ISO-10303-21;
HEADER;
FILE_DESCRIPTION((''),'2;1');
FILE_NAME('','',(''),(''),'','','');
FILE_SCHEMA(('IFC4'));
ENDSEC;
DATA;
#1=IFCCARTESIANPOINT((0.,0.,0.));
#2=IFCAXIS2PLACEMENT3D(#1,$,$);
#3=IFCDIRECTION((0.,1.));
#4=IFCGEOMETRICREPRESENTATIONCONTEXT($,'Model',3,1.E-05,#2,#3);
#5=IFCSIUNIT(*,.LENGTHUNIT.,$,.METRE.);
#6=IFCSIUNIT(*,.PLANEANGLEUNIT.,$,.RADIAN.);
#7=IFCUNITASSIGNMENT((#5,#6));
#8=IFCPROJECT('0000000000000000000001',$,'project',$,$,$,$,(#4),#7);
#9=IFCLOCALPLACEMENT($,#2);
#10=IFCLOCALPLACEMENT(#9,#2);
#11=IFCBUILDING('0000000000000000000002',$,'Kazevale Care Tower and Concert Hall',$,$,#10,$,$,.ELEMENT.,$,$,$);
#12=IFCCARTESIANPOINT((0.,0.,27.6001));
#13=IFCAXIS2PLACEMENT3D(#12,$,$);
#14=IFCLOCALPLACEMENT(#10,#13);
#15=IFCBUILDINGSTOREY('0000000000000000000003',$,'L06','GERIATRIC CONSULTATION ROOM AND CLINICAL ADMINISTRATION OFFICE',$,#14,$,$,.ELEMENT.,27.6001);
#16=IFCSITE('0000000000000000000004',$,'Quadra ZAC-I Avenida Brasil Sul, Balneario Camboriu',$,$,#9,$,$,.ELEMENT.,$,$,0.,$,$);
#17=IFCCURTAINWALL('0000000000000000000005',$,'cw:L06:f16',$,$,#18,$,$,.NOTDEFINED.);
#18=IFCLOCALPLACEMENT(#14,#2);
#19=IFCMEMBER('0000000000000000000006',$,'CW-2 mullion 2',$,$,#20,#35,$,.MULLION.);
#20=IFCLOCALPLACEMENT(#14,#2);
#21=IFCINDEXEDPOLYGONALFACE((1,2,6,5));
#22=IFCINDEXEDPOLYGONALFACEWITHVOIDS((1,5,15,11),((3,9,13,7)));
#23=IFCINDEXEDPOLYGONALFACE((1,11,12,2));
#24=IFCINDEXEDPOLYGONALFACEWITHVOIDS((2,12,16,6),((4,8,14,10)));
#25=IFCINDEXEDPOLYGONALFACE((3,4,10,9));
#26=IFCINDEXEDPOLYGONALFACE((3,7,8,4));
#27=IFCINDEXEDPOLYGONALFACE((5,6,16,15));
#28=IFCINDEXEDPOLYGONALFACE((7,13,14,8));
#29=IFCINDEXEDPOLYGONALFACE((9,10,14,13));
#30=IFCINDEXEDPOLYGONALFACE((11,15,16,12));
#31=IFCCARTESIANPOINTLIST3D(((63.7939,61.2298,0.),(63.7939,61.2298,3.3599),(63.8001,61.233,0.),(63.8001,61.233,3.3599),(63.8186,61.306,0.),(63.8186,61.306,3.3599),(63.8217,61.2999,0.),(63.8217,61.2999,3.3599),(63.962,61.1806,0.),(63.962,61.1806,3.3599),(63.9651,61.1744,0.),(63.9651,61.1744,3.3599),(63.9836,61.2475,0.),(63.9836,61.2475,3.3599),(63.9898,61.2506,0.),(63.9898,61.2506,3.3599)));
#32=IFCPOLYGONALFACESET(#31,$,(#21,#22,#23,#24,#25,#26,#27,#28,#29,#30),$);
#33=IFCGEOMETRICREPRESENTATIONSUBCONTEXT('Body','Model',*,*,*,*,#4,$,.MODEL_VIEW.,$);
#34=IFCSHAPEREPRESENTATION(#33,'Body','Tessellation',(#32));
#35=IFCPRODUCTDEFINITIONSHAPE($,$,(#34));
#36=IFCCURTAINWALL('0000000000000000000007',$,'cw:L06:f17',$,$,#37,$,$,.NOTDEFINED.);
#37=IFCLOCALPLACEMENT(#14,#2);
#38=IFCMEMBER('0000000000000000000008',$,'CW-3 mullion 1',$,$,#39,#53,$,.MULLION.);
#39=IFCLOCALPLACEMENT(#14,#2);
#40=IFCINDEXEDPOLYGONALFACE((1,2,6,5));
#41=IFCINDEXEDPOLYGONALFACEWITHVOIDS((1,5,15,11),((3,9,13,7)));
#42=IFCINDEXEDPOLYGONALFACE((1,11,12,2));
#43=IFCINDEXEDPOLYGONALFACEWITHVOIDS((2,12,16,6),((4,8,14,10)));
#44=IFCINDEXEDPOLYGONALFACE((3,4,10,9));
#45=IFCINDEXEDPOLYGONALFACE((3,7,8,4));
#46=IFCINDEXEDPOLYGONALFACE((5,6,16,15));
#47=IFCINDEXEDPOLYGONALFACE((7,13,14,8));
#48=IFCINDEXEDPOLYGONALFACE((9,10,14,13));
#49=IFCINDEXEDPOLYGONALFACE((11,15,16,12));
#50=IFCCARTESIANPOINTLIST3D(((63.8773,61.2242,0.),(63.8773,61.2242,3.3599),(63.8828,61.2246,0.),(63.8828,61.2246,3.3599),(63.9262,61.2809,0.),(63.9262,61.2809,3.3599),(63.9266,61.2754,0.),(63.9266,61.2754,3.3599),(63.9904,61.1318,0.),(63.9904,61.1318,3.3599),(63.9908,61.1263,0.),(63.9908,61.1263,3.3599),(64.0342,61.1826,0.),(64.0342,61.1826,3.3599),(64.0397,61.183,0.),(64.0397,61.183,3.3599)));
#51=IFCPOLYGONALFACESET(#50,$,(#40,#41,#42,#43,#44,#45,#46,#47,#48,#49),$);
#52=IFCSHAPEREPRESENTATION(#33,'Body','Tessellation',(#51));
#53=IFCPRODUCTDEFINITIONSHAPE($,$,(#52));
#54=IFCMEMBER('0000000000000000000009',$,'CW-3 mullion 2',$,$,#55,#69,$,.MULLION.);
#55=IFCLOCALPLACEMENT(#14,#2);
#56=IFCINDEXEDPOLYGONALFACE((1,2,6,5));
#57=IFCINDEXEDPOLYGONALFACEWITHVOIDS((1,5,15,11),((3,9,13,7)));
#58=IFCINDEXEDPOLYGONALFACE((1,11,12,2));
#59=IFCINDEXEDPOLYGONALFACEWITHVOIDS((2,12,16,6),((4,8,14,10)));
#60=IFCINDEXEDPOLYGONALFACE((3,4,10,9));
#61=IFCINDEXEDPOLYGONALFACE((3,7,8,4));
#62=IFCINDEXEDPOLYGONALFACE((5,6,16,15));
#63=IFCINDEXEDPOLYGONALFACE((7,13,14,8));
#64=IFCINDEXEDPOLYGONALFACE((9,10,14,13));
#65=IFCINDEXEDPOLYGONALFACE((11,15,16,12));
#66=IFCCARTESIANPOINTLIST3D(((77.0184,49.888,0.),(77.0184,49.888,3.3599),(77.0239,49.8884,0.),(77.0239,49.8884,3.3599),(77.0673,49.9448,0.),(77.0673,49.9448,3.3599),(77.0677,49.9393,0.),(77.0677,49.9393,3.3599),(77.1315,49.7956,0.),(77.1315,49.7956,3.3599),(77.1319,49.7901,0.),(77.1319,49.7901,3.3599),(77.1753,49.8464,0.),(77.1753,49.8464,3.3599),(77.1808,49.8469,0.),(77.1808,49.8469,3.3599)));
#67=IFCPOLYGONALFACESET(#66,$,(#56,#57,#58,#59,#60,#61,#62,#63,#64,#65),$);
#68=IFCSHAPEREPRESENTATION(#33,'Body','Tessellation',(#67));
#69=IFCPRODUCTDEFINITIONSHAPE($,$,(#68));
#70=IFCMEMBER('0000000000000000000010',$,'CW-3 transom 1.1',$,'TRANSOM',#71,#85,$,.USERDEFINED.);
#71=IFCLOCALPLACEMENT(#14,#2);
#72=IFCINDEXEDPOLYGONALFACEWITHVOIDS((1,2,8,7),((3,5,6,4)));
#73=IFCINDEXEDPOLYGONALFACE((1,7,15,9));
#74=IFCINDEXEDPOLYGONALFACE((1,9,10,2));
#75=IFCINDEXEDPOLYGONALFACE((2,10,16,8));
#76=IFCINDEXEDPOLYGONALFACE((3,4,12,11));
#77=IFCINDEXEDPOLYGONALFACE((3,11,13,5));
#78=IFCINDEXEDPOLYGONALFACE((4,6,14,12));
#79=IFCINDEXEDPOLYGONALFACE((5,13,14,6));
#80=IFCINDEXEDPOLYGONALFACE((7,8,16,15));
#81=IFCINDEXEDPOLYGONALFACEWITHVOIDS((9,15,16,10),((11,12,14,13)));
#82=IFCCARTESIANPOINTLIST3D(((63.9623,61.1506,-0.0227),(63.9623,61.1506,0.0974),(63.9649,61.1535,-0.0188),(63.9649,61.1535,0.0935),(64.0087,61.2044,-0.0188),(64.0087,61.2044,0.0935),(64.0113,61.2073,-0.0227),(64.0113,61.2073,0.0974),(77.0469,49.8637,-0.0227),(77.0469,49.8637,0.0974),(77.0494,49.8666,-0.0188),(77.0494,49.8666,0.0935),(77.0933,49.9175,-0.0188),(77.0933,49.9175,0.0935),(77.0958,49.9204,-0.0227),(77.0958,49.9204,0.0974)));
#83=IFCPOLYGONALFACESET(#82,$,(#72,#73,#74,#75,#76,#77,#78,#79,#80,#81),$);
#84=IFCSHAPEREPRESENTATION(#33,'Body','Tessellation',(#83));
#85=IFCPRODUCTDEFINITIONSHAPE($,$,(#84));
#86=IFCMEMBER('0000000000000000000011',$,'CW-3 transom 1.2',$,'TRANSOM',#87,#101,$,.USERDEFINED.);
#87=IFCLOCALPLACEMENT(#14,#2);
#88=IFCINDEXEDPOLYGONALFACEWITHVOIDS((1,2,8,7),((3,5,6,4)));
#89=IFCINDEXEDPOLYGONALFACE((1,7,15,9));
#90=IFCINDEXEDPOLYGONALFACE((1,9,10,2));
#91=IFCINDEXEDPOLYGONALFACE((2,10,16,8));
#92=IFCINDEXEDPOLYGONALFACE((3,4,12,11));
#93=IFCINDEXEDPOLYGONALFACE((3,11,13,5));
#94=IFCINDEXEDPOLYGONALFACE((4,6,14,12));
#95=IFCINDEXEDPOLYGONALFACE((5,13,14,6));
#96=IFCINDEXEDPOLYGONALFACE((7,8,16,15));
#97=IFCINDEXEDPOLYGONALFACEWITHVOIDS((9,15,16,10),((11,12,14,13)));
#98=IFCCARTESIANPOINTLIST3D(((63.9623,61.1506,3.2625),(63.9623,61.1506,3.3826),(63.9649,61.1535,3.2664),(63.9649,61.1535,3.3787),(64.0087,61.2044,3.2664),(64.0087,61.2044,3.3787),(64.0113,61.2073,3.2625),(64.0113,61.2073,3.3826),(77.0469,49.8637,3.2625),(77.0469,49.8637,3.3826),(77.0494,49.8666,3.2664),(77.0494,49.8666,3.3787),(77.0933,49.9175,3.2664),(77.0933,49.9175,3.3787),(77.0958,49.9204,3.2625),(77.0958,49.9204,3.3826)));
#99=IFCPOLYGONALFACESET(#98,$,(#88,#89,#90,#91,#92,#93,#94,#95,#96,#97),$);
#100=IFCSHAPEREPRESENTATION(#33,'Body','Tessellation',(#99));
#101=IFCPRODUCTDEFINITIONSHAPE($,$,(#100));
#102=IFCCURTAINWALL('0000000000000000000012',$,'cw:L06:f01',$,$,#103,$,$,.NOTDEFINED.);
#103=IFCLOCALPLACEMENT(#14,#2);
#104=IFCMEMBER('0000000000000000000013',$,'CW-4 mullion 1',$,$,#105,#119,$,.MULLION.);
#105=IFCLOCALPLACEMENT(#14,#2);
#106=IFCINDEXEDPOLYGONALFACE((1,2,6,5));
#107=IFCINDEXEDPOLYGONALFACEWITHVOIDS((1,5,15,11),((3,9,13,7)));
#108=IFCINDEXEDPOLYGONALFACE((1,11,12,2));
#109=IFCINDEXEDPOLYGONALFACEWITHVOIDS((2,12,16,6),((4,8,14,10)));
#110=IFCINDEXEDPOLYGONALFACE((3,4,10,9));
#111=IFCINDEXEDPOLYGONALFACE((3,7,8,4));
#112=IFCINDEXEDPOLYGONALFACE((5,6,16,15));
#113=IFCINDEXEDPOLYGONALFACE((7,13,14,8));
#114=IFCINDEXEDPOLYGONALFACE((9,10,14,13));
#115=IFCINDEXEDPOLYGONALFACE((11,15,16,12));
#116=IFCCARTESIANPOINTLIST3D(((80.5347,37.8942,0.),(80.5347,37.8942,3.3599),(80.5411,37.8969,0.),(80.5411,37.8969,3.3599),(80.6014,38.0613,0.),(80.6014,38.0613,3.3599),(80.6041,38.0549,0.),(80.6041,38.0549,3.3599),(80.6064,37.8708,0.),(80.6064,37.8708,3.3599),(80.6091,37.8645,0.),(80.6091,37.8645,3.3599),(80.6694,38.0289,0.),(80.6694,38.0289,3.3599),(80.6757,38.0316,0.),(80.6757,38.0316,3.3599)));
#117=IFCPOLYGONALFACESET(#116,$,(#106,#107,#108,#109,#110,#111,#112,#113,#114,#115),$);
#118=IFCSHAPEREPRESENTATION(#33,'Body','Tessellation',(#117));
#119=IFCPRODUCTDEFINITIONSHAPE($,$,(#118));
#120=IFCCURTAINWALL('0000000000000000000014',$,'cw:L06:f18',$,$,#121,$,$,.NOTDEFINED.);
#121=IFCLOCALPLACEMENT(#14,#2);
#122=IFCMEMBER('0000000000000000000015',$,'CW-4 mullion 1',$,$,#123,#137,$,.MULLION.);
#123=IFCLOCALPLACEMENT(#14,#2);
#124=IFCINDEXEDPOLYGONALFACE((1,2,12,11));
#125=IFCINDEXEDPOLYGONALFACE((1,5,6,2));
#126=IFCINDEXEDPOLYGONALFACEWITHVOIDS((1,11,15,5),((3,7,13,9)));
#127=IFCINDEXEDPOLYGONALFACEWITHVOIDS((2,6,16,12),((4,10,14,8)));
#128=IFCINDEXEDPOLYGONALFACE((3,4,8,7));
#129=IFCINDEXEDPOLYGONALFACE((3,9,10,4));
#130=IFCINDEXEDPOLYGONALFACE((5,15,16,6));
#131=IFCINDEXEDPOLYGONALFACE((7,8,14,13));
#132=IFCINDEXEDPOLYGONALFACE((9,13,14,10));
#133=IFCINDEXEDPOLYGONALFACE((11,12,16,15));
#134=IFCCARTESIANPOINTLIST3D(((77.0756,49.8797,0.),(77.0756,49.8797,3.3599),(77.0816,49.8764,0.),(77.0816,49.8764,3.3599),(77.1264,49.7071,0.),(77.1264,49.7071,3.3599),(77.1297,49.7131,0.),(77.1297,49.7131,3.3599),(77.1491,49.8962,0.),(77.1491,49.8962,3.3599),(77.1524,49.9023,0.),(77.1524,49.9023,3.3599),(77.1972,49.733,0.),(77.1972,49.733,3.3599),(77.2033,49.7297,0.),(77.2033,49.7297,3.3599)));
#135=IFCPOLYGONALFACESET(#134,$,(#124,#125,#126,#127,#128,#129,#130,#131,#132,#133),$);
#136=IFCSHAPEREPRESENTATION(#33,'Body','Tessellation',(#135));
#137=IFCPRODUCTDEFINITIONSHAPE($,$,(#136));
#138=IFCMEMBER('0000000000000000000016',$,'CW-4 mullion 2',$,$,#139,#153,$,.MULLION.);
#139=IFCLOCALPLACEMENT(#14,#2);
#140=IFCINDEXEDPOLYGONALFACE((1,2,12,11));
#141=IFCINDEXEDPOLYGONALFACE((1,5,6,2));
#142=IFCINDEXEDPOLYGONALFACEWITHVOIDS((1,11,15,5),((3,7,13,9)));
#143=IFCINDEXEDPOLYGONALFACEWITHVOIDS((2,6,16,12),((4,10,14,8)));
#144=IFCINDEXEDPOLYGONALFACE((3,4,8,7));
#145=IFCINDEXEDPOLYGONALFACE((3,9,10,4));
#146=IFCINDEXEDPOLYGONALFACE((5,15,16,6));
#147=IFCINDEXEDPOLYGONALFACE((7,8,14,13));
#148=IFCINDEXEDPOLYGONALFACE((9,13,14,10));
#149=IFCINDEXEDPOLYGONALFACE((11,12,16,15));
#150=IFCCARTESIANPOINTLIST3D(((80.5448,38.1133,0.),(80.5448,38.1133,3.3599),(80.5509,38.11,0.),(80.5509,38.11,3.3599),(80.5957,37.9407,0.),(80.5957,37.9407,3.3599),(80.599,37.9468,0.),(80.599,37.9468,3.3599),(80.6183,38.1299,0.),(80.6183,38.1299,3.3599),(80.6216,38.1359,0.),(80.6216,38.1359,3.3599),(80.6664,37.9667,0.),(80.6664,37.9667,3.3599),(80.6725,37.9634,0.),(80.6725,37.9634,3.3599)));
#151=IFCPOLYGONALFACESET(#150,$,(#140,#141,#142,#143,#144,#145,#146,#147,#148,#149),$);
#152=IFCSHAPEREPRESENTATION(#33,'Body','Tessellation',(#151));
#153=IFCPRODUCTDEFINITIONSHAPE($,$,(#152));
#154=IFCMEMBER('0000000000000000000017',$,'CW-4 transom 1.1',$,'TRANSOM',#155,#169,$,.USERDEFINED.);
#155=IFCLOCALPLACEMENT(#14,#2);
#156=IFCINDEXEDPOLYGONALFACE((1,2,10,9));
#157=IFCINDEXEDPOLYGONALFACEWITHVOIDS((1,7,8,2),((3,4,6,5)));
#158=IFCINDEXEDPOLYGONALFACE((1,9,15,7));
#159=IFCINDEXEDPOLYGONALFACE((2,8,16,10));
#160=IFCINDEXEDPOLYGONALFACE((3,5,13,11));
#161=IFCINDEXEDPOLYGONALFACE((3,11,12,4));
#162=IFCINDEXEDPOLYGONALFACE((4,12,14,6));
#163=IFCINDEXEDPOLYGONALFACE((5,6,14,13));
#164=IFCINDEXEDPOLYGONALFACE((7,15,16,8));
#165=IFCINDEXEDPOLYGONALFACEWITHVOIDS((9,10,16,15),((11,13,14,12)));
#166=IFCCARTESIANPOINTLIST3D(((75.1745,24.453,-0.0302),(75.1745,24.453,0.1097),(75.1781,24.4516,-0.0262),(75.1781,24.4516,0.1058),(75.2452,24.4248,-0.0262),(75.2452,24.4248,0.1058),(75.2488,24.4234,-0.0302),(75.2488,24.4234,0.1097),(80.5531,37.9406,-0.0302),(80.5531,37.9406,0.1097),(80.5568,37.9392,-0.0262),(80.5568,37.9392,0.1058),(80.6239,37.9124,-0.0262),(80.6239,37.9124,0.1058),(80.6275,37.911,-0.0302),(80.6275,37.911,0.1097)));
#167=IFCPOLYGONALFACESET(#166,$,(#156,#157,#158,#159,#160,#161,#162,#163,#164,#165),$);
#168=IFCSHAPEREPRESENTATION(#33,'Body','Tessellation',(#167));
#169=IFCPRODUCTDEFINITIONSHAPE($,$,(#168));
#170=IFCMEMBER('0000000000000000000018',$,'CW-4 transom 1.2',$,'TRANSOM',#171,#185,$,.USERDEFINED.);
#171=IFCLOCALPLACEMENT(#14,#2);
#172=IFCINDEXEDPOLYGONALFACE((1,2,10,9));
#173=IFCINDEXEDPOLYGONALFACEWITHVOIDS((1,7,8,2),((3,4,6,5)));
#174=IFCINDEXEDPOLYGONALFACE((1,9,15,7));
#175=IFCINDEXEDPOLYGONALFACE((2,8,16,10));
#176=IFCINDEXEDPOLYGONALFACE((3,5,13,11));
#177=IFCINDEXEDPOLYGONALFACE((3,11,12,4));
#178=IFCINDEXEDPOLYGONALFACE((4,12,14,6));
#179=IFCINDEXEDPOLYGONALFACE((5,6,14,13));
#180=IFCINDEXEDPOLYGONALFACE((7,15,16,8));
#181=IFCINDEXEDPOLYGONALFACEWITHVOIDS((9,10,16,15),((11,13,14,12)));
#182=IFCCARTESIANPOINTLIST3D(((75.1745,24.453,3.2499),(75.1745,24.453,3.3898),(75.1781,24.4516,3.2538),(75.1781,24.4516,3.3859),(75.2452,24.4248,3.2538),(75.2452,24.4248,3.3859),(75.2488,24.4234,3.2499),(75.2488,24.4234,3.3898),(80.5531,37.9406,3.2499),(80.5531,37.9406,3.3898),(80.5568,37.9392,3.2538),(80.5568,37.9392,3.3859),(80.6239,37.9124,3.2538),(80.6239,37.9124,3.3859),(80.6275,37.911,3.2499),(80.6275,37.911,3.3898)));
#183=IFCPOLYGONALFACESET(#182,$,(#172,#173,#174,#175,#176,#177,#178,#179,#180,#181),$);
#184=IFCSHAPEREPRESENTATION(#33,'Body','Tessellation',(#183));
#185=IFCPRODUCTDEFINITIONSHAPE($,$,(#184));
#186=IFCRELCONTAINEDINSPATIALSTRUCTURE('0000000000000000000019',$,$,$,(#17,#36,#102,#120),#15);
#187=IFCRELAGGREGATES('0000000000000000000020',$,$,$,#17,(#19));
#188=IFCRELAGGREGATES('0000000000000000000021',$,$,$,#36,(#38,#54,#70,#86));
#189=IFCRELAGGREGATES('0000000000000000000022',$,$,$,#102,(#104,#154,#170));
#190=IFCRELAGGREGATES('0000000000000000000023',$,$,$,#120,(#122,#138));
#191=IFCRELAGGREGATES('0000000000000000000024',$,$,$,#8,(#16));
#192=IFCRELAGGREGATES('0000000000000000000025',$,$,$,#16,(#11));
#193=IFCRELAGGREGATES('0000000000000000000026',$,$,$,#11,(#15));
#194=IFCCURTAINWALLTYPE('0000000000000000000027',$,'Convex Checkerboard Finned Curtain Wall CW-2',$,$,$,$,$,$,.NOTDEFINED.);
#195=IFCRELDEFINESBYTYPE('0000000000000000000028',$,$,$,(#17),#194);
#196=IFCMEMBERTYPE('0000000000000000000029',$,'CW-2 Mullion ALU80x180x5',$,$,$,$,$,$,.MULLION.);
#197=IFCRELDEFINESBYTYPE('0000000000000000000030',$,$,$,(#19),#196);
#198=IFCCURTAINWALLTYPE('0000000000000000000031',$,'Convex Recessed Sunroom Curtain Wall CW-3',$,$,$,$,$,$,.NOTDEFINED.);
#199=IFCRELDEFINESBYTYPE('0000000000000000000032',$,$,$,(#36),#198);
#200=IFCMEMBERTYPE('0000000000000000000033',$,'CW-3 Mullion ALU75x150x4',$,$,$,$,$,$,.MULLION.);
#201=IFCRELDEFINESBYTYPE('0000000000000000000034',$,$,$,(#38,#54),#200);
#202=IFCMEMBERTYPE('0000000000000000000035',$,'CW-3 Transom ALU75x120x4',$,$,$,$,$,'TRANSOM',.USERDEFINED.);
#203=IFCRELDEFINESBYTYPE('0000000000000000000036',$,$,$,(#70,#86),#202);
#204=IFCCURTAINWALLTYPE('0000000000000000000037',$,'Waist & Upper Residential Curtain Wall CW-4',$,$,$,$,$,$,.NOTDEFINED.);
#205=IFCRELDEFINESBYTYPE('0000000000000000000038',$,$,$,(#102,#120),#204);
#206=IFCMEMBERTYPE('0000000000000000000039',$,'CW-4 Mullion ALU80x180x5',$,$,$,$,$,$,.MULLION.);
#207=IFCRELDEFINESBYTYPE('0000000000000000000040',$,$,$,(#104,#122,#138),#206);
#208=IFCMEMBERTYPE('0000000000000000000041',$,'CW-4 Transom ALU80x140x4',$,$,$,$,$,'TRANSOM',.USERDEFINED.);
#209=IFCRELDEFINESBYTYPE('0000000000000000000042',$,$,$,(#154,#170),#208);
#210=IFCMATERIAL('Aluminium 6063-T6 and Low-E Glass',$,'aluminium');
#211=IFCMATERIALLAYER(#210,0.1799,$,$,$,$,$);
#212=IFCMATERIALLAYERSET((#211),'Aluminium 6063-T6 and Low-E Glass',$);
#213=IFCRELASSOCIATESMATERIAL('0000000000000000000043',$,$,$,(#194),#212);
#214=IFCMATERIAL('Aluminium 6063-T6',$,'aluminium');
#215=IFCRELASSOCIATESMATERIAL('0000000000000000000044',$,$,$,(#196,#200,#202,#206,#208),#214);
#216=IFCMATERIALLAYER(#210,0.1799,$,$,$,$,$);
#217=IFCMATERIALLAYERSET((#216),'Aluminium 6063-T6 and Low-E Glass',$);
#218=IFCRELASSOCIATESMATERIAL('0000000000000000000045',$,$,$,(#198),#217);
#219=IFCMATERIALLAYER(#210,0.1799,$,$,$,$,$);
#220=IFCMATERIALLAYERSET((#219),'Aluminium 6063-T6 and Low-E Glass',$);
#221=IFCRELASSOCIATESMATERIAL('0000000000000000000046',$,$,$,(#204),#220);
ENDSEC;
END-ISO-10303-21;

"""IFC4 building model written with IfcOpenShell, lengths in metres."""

from ifc_helpers import new_model, si_unit, direction, frame, origin, origin_2d, place, context, subcontext, project, spatial, hollow_rectangle, extrude, material, layer, layer_set, material_profile, profile_set, type_object, element, aggregate, save


model = new_model("IFC4")

# Units and contexts
model_context = context("Model", 3, precision=1e-05, world=origin(), true_north=direction((0.0, 1.0)))
body_context = subcontext(model_context, "Body", "Model", "MODEL_VIEW")
ifc_project = project(units=[si_unit("LENGTHUNIT", "METRE"), si_unit("PLANEANGLEUNIT", "RADIAN")], contexts=[model_context])

# Site, building, storey
site_placement = place(None, origin())
site = spatial("IfcSite", under=ifc_project, at=site_placement, Name="Quadra ZAC-I Avenida Brasil Sul, Balneario Camboriu", CompositionType="ELEMENT", RefElevation=0.0)
building_placement = place(site_placement, origin())
building = spatial("IfcBuilding", under=site, at=building_placement, Name="Kazevale Care Tower and Concert Hall", CompositionType="ELEMENT")
storey_placement = place(building_placement, frame((0.0, 0.0, 27.6001)))
storey = spatial("IfcBuildingStorey", under=building, at=storey_placement, Name="L06", Description="GERIATRIC CONSULTATION ROOM AND CLINICAL ADMINISTRATION OFFICE", CompositionType="ELEMENT", Elevation=27.6001)

# Curtain wall, member
ifc_material_1 = material(Name="Aluminium 6063-T6 and Low-E Glass", Category="aluminium")
ifc_layer_1 = layer(ifc_material_1, 0.1799)
ifc_layer_set_1 = layer_set([ifc_layer_1], Name="Aluminium 6063-T6 and Low-E Glass")
curtain_wall_type_1 = type_object("IfcCurtainWallType", Name="Convex Checkerboard Finned Curtain Wall CW-2", PredefinedType="NOTDEFINED", material=ifc_layer_set_1)
curtain_wall_1_placement = place(storey_placement, origin())
curtain_wall_1 = element("IfcCurtainWall", 1, at=curtain_wall_1_placement, inside=storey, type_object=curtain_wall_type_1, Name="cw:L06:f16", PredefinedType="NOTDEFINED")
ifc_material_2 = material(Name="Aluminium 6063-T6", Category="aluminium")
ifc_material_profile_1 = material_profile(ifc_material_2, hollow_rectangle(XDim=0.0801, YDim=0.1799, WallThickness=0.0049, at=origin_2d()), Name="ALU80x180x5")
ifc_profile_set_1 = profile_set([ifc_material_profile_1], Name="Aluminium 6063-T6")
member_type_1 = type_object("IfcMemberType", Name="CW-2 Mullion ALU80x180x5", PredefinedType="MULLION", material=ifc_profile_set_1)
member_1_placement = place(storey_placement, frame((63.8918, 61.2402, 0.0), z_axis=(0.0, 0.0, 1.0), x_axis=(0.307926, 0.95141, 0.0)))
member_1 = element("IfcMember", 2, at=member_1_placement, type_object=member_type_1, Name="CW-2 mullion 2", PredefinedType="MULLION", context=body_context, shape_type="SweptSolid", body=[
    extrude(hollow_rectangle(XDim=0.0801, YDim=0.1799, WallThickness=0.0049, at=origin_2d()), origin(), (0.0, 0.0, 1.0), 3.3599),
])

# Curtain wall, members
ifc_layer_2 = layer(ifc_material_1, 0.1799)
ifc_layer_set_2 = layer_set([ifc_layer_2], Name="Aluminium 6063-T6 and Low-E Glass")
curtain_wall_type_2 = type_object("IfcCurtainWallType", Name="Convex Recessed Sunroom Curtain Wall CW-3", PredefinedType="NOTDEFINED", material=ifc_layer_set_2)
curtain_wall_2_placement = place(storey_placement, origin())
curtain_wall_2 = element("IfcCurtainWall", 3, at=curtain_wall_2_placement, inside=storey, type_object=curtain_wall_type_2, Name="cw:L06:f17", PredefinedType="NOTDEFINED")
ifc_material_profile_2 = material_profile(ifc_material_2, hollow_rectangle(XDim=0.075, YDim=0.1499, WallThickness=0.0039, at=origin_2d()), Name="ALU75x150x4")
ifc_profile_set_2 = profile_set([ifc_material_profile_2], Name="Aluminium 6063-T6")
member_type_2 = type_object("IfcMemberType", Name="CW-3 Mullion ALU75x150x4", PredefinedType="MULLION", material=ifc_profile_set_2)
member_2_placement = place(storey_placement, frame((63.9585, 61.2036, 0.0), z_axis=(0.0, 0.0, 1.0), x_axis=(0.653184, 0.7572, 0.0)))
member_2 = element("IfcMember", 4, at=member_2_placement, type_object=member_type_2, Name="CW-3 mullion 1", PredefinedType="MULLION", context=body_context, shape_type="SweptSolid", body=[
    extrude(hollow_rectangle(XDim=0.075, YDim=0.1499, WallThickness=0.0039, at=origin_2d()), origin(), (0.0, 0.0, 1.0), 3.3599),
])
member_3_placement = place(storey_placement, frame((77.0996, 49.8674, 0.0), z_axis=(0.0, 0.0, 1.0), x_axis=(0.653184, 0.7572, 0.0)))
member_3 = element("IfcMember", 5, at=member_3_placement, type_object=member_type_2, Name="CW-3 mullion 2", PredefinedType="MULLION", context=body_context, shape_type="SweptSolid", body=[
    extrude(hollow_rectangle(XDim=0.075, YDim=0.1499, WallThickness=0.0039, at=origin_2d()), origin(), (0.0, 0.0, 1.0), 3.3599),
])
ifc_material_profile_3 = material_profile(ifc_material_2, hollow_rectangle(XDim=0.075, YDim=0.1201, WallThickness=0.0039, at=origin_2d()), Name="ALU75x120x4")
ifc_profile_set_3 = profile_set([ifc_material_profile_3], Name="Aluminium 6063-T6")
member_type_3 = type_object("IfcMemberType", Name="CW-3 Transom ALU75x120x4", ElementType="TRANSOM", PredefinedType="USERDEFINED", material=ifc_profile_set_3)
member_4_placement = place(storey_placement, frame((63.9868, 61.179, 0.0374), z_axis=(0.757205, -0.653177, 0.0), x_axis=(0.653177, 0.757205, 0.0)))
member_4 = element("IfcMember", 6, at=member_4_placement, type_object=member_type_3, Name="CW-3 transom 1.1", ObjectType="TRANSOM", PredefinedType="USERDEFINED", context=body_context, shape_type="SweptSolid", body=[
    extrude(hollow_rectangle(XDim=0.075, YDim=0.1201, WallThickness=0.0039, at=origin_2d()), origin(), (0.0, 0.0, 1.0), 17.28),
])
member_5_placement = place(storey_placement, frame((63.9868, 61.179, 3.3225), z_axis=(0.757205, -0.653177, 0.0), x_axis=(0.653177, 0.757205, 0.0)))
member_5 = element("IfcMember", 7, at=member_5_placement, type_object=member_type_3, Name="CW-3 transom 1.2", ObjectType="TRANSOM", PredefinedType="USERDEFINED", context=body_context, shape_type="SweptSolid", body=[
    extrude(hollow_rectangle(XDim=0.075, YDim=0.1201, WallThickness=0.0039, at=origin_2d()), origin(), (0.0, 0.0, 1.0), 17.28),
])

# Curtain wall, member
ifc_layer_3 = layer(ifc_material_1, 0.1799)
ifc_layer_set_3 = layer_set([ifc_layer_3], Name="Aluminium 6063-T6 and Low-E Glass")
curtain_wall_type_3 = type_object("IfcCurtainWallType", Name="Waist & Upper Residential Curtain Wall CW-4", PredefinedType="NOTDEFINED", material=ifc_layer_set_3)
curtain_wall_3_placement = place(storey_placement, origin())
curtain_wall_3 = element("IfcCurtainWall", 8, at=curtain_wall_3_placement, inside=storey, type_object=curtain_wall_type_3, Name="cw:L06:f01", PredefinedType="NOTDEFINED")
ifc_material_profile_4 = material_profile(ifc_material_2, hollow_rectangle(XDim=0.0801, YDim=0.1799, WallThickness=0.0049, at=origin_2d()), Name="ALU80x180x5")
ifc_profile_set_4 = profile_set([ifc_material_profile_4], Name="Aluminium 6063-T6")
member_type_4 = type_object("IfcMemberType", Name="CW-4 Mullion ALU80x180x5", PredefinedType="MULLION", material=ifc_profile_set_4)
member_6_placement = place(storey_placement, frame((80.6052, 37.9629, 0.0), z_axis=(0.0, 0.0, 1.0), x_axis=(0.928861, -0.370427, 0.0)))
member_6 = element("IfcMember", 9, at=member_6_placement, type_object=member_type_4, Name="CW-4 mullion 1", PredefinedType="MULLION", context=body_context, shape_type="SweptSolid", body=[
    extrude(hollow_rectangle(XDim=0.0801, YDim=0.1799, WallThickness=0.0049, at=origin_2d()), origin(), (0.0, 0.0, 1.0), 3.3599),
])

# Curtain wall, members
curtain_wall_4_placement = place(storey_placement, origin())
curtain_wall_4 = element("IfcCurtainWall", 10, at=curtain_wall_4_placement, inside=storey, type_object=curtain_wall_type_3, Name="cw:L06:f18", PredefinedType="NOTDEFINED")
member_7_placement = place(storey_placement, frame((77.1394, 49.8047, 0.0), z_axis=(0.0, 0.0, 1.0), x_axis=(0.959173, 0.28282, 0.0)))
member_7 = element("IfcMember", 11, at=member_7_placement, type_object=member_type_4, Name="CW-4 mullion 1", PredefinedType="MULLION", context=body_context, shape_type="SweptSolid", body=[
    extrude(hollow_rectangle(XDim=0.0801, YDim=0.1799, WallThickness=0.0049, at=origin_2d()), origin(), (0.0, 0.0, 1.0), 3.3599),
])
member_8_placement = place(storey_placement, frame((80.6086, 38.0383, 0.0), z_axis=(0.0, 0.0, 1.0), x_axis=(0.959173, 0.28282, 0.0)))
member_8 = element("IfcMember", 12, at=member_8_placement, type_object=member_type_4, Name="CW-4 mullion 2", PredefinedType="MULLION", context=body_context, shape_type="SweptSolid", body=[
    extrude(hollow_rectangle(XDim=0.0801, YDim=0.1799, WallThickness=0.0049, at=origin_2d()), origin(), (0.0, 0.0, 1.0), 3.3599),
])

# Members
ifc_material_profile_5 = material_profile(ifc_material_2, hollow_rectangle(XDim=0.0801, YDim=0.1399, WallThickness=0.0039, at=origin_2d()), Name="ALU80x140x4")
ifc_profile_set_5 = profile_set([ifc_material_profile_5], Name="Aluminium 6063-T6")
member_type_5 = type_object("IfcMemberType", Name="CW-4 Transom ALU80x140x4", ElementType="TRANSOM", PredefinedType="USERDEFINED", material=ifc_profile_set_5)
member_9_placement = place(storey_placement, frame((80.5903, 37.9258, 0.0398), z_axis=(-0.370419, -0.928865, 0.0), x_axis=(0.928865, -0.370419, 0.0)))
member_9 = element("IfcMember", 13, at=member_9_placement, type_object=member_type_5, Name="CW-4 transom 1.1", ObjectType="TRANSOM", PredefinedType="USERDEFINED", context=body_context, shape_type="SweptSolid", body=[
    extrude(hollow_rectangle(XDim=0.0801, YDim=0.1399, WallThickness=0.0039, at=origin_2d()), origin(), (0.0, 0.0, 1.0), 14.5205),
])
member_10_placement = place(storey_placement, frame((80.5903, 37.9258, 3.3198), z_axis=(-0.370419, -0.928865, 0.0), x_axis=(0.928865, -0.370419, 0.0)))
member_10 = element("IfcMember", 14, at=member_10_placement, type_object=member_type_5, Name="CW-4 transom 1.2", ObjectType="TRANSOM", PredefinedType="USERDEFINED", context=body_context, shape_type="SweptSolid", body=[
    extrude(hollow_rectangle(XDim=0.0801, YDim=0.1399, WallThickness=0.0039, at=origin_2d()), origin(), (0.0, 0.0, 1.0), 14.5205),
])

aggregate(curtain_wall_1, [member_1])
aggregate(curtain_wall_2, [member_2, member_3, member_4, member_5])
aggregate(curtain_wall_3, [member_6, member_9, member_10])
aggregate(curtain_wall_4, [member_7, member_8])

save(model, "model.ifc")
